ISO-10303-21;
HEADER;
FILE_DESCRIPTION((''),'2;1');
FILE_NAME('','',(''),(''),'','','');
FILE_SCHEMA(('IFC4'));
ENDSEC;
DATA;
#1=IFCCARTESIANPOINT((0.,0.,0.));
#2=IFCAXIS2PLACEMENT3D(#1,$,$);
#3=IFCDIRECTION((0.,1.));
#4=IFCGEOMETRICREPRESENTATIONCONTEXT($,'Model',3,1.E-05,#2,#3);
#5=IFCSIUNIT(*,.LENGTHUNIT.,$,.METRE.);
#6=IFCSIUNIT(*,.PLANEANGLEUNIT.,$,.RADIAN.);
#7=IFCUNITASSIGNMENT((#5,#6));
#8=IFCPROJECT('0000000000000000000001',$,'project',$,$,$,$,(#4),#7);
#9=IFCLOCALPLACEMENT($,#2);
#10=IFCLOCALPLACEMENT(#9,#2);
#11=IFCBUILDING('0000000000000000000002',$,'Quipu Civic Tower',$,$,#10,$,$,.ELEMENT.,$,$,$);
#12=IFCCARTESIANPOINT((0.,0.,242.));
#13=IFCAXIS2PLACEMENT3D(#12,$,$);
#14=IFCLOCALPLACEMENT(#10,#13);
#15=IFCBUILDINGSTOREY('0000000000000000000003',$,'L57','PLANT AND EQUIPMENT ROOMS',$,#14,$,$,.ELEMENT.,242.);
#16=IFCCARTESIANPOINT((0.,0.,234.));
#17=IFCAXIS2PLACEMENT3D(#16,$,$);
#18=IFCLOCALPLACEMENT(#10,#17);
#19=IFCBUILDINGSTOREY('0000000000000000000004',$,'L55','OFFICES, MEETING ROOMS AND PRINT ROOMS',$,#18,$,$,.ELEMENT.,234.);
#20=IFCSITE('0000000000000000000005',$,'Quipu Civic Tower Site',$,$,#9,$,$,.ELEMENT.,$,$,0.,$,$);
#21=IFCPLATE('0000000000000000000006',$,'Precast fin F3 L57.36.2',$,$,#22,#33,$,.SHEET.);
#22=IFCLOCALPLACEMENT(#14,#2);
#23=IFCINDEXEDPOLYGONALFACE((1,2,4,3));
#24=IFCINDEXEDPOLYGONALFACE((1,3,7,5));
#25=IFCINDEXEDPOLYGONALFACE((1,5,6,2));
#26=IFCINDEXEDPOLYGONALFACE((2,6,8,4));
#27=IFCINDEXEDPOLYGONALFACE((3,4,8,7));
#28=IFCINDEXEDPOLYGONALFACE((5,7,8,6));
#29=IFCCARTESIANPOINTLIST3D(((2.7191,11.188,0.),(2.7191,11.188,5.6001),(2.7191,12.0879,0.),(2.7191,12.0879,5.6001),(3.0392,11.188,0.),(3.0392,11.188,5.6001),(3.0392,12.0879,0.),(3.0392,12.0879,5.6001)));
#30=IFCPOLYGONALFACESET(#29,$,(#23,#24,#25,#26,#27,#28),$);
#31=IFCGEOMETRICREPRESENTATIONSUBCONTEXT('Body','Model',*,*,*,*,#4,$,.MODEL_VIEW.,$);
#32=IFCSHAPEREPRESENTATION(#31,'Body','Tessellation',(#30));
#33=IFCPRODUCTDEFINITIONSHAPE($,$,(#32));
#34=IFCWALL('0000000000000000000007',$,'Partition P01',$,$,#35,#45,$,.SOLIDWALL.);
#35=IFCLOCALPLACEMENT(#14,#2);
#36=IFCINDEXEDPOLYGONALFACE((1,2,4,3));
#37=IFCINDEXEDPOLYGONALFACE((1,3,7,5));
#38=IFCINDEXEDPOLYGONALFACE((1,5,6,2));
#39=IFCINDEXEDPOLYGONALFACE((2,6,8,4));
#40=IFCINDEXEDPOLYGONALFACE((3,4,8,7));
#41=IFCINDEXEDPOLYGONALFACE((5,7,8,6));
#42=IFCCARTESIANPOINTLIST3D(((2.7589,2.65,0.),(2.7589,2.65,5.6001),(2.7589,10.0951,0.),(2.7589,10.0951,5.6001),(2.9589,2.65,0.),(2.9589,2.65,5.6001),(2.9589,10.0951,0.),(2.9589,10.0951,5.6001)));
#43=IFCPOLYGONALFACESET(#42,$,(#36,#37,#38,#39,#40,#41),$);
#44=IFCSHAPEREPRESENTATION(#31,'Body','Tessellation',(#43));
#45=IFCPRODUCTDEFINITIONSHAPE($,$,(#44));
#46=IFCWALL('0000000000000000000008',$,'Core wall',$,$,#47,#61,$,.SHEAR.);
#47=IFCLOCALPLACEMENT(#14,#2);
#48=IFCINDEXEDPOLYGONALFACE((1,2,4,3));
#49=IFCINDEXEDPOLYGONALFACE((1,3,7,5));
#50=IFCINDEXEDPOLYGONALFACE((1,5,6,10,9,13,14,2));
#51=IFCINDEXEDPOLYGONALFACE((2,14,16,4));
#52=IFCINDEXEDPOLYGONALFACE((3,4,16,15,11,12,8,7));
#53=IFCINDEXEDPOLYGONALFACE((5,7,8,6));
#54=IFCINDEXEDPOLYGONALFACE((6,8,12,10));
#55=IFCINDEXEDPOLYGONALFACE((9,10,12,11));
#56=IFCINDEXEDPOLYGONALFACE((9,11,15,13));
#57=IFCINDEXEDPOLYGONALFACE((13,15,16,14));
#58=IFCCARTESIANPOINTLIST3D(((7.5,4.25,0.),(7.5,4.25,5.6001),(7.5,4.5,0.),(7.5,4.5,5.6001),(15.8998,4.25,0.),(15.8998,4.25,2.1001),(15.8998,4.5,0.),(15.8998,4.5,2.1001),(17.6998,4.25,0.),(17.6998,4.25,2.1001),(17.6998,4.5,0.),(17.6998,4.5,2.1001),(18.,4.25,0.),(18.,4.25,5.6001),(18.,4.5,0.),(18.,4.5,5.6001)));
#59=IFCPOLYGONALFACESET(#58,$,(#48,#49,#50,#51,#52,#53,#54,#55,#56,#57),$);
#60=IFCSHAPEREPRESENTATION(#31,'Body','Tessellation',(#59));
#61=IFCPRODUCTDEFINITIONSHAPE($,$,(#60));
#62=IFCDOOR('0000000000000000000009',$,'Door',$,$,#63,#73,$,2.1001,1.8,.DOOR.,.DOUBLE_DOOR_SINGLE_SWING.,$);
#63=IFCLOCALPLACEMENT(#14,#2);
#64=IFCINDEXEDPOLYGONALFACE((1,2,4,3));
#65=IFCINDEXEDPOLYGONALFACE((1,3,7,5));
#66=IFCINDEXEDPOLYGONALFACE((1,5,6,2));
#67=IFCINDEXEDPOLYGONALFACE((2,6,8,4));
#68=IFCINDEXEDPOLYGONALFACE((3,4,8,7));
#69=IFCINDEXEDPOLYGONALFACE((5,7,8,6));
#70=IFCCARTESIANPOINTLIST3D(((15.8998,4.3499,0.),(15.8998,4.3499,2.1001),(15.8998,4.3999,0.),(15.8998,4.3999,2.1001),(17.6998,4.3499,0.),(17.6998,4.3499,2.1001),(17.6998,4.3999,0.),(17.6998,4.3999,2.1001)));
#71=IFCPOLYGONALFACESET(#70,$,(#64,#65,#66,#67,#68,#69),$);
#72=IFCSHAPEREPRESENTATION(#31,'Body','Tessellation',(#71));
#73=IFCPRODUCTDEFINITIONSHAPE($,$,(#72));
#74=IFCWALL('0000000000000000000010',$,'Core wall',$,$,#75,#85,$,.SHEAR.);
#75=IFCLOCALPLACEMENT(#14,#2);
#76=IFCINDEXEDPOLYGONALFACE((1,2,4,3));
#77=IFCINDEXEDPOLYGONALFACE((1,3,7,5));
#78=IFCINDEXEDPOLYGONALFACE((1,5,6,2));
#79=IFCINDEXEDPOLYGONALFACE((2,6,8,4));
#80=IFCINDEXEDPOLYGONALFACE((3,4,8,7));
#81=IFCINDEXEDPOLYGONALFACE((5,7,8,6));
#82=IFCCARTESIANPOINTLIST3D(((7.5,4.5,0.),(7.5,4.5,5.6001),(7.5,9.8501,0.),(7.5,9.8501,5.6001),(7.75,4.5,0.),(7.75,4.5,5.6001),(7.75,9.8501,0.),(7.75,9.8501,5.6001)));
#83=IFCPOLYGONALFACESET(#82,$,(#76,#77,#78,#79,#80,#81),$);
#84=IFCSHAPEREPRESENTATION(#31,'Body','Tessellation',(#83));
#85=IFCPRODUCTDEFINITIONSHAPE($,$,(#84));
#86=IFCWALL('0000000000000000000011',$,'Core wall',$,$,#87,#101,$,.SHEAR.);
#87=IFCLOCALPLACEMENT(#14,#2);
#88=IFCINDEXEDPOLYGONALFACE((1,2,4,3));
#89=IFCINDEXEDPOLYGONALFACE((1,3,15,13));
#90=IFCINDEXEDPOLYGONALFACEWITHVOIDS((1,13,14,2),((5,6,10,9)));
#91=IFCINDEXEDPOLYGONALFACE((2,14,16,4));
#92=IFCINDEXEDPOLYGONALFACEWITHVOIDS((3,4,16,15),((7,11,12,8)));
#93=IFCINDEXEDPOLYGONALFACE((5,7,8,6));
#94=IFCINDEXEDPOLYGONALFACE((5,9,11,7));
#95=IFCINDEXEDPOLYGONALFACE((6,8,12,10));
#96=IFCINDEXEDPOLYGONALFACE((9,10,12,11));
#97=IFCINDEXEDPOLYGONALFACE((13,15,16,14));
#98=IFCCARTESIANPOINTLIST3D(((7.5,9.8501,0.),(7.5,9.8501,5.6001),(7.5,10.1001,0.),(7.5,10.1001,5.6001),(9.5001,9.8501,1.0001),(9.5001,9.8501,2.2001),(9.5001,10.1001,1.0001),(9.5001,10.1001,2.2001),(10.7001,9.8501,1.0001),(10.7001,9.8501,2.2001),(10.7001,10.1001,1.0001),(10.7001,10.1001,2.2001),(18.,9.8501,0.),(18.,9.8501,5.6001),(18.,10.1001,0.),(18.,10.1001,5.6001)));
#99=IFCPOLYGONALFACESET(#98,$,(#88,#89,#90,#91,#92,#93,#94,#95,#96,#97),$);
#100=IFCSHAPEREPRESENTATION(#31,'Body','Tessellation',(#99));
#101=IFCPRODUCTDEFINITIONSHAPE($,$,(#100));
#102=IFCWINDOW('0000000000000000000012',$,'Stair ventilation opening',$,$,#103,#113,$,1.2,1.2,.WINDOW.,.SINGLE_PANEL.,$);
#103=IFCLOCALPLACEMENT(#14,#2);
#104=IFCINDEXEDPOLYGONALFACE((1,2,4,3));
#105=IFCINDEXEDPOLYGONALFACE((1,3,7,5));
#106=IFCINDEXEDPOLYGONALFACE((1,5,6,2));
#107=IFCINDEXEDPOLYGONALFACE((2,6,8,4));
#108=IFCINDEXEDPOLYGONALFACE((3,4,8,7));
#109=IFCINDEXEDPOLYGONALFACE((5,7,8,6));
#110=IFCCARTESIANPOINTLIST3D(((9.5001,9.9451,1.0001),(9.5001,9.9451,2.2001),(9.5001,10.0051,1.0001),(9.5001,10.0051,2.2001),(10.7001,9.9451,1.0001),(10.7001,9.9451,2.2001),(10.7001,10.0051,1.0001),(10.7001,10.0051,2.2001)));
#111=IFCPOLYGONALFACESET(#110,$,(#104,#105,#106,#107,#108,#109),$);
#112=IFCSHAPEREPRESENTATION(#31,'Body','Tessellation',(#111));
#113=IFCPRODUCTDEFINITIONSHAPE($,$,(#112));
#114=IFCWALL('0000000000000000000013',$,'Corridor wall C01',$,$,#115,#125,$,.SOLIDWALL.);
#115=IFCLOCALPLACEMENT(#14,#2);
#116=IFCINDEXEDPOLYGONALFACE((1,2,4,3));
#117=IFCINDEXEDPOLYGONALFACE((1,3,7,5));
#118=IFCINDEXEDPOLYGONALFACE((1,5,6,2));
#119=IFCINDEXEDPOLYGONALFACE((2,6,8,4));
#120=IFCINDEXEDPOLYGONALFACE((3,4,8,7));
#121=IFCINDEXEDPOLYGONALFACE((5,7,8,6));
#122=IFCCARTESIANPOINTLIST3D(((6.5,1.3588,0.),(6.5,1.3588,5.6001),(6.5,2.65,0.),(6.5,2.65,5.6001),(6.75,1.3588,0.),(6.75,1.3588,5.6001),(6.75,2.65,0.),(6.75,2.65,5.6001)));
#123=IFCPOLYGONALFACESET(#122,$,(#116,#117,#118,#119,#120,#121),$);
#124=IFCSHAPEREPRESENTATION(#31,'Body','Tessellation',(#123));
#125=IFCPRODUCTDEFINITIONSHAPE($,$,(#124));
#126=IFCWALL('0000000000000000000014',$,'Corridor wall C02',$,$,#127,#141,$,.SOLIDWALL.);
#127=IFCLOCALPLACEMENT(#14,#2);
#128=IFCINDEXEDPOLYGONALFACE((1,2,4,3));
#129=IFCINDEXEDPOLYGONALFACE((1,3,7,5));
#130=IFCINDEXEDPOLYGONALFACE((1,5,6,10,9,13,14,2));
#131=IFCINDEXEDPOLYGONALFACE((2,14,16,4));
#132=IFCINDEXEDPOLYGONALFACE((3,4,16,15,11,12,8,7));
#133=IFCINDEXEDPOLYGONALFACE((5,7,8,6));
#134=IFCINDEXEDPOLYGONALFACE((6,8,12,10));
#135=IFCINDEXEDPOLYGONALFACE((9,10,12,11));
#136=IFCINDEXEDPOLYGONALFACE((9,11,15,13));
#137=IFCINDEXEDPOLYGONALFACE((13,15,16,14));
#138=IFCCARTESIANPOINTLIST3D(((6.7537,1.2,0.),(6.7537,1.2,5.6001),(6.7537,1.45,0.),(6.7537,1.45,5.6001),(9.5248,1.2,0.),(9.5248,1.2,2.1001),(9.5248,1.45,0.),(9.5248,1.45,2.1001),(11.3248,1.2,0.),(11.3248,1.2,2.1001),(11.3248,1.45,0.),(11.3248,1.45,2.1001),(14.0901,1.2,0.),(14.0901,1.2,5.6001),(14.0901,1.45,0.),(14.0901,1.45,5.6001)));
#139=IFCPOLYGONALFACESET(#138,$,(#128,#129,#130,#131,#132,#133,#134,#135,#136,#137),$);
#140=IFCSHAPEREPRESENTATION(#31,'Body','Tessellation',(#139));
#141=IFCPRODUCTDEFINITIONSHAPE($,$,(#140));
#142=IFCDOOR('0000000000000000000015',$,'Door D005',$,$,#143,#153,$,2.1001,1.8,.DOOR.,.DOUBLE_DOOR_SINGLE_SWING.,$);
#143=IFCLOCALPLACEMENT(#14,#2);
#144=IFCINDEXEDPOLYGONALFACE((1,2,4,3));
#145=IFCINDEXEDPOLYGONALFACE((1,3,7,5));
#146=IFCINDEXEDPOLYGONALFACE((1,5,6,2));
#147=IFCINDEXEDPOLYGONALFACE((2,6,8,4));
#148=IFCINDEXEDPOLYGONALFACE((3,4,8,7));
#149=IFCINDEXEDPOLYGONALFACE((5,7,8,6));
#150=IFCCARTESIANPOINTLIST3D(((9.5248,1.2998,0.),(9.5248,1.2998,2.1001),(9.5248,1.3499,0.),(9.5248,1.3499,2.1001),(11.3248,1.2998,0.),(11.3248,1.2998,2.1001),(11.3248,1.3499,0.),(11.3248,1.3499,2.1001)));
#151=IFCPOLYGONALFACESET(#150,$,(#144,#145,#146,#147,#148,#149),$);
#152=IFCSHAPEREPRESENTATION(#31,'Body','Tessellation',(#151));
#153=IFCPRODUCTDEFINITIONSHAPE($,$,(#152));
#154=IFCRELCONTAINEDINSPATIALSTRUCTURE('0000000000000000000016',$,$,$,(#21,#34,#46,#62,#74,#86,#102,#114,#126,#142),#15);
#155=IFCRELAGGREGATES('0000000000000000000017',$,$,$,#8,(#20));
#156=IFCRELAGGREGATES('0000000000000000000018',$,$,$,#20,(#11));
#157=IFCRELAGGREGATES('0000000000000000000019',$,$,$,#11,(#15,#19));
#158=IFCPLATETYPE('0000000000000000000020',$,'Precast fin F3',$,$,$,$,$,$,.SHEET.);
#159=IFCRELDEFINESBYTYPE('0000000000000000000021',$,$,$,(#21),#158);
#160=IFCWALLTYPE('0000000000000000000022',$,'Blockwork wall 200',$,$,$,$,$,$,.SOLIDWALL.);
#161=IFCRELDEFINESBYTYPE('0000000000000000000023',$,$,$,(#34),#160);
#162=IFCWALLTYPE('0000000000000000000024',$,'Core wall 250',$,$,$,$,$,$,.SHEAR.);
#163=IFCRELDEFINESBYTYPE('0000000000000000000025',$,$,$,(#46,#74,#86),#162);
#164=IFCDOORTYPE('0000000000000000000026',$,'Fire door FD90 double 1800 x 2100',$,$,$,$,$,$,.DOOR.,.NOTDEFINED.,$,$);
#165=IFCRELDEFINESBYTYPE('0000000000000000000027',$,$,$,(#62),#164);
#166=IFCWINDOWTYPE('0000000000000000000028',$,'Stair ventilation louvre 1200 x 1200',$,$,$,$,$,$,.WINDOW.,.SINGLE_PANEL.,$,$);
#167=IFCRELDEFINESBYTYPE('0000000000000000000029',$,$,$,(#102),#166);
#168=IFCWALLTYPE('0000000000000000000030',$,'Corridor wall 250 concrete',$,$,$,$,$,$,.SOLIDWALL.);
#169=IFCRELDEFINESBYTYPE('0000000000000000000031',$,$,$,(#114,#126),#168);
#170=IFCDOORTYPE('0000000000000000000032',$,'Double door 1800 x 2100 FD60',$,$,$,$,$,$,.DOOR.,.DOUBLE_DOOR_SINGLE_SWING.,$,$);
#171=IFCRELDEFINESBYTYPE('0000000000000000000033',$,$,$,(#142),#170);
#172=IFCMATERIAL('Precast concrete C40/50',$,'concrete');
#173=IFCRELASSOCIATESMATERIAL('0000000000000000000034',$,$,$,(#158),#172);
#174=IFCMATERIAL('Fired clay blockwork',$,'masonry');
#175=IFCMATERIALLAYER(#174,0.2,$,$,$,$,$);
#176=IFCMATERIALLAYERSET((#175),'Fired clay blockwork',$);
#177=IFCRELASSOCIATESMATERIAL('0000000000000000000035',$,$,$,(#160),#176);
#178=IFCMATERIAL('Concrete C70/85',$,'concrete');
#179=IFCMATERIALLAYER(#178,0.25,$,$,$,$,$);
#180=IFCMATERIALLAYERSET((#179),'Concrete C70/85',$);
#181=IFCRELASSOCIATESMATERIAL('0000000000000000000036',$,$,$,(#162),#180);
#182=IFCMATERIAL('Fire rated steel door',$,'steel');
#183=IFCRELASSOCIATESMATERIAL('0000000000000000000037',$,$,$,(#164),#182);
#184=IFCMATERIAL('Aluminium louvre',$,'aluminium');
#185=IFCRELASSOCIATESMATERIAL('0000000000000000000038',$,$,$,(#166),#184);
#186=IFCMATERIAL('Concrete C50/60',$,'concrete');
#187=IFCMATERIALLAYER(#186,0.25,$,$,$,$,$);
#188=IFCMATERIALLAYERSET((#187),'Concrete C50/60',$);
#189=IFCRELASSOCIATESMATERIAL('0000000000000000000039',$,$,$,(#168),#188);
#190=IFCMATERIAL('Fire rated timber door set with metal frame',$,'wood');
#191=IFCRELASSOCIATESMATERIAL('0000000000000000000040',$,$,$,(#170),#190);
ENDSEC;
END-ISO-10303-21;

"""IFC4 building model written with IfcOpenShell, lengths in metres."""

from ifc_helpers import new_model, si_unit, direction, frame, frame_2d, origin, origin_2d, place, context, subcontext, project, spatial, rectangle, extrude, material, layer, layer_set, type_object, element, fill, save


model = new_model("IFC4")

# Units and contexts
model_context = context("Model", 3, precision=1e-05, world=origin(), true_north=direction((0.0, 1.0)))
body_context = subcontext(model_context, "Body", "Model", "MODEL_VIEW")
ifc_project = project(units=[si_unit("LENGTHUNIT", "METRE"), si_unit("PLANEANGLEUNIT", "RADIAN")], contexts=[model_context])

# Site, building, storey
site_placement = place(None, origin())
site = spatial("IfcSite", under=ifc_project, at=site_placement, Name="Quipu Civic Tower Site", CompositionType="ELEMENT", RefElevation=0.0)
building_placement = place(site_placement, origin())
building = spatial("IfcBuilding", under=site, at=building_placement, Name="Quipu Civic Tower", CompositionType="ELEMENT")
storey_1_placement = place(building_placement, frame((0.0, 0.0, 242.0)))
storey_1 = spatial("IfcBuildingStorey", under=building, at=storey_1_placement, Name="L57", Description="PLANT AND EQUIPMENT ROOMS", CompositionType="ELEMENT", Elevation=242.0)

# Shared definitions
storey_2_placement = place(building_placement, frame((0.0, 0.0, 234.0)))
storey_2 = spatial("IfcBuildingStorey", under=building, at=storey_2_placement, Name="L55", Description="OFFICES, MEETING ROOMS AND PRINT ROOMS", CompositionType="ELEMENT", Elevation=234.0)

# Plate
ifc_material_1 = material(Name="Precast concrete C40/50", Category="concrete")
plate_type = type_object("IfcPlateType", Name="Precast fin F3", PredefinedType="SHEET", material=ifc_material_1)
for number, where, z_axis, x_axis, name in (
    (1, (2.8792, 11.6379, 0.0), (0.0, 0.0, 1.0), (-1.0, 0.0, 0.0), "Precast fin F3 L57.36.2"),
):
    element("IfcPlate", number, at=place(storey_1_placement, frame(where, z_axis=z_axis, x_axis=x_axis)), inside=storey_1, type_object=plate_type, Name=name, PredefinedType="SHEET", context=body_context, shape_type="SweptSolid", body=[
        extrude(rectangle(XDim=0.3201, YDim=0.8999, at=origin_2d()), origin(), (0.0, 0.0, 1.0), 5.6001),
    ])

# Wall
ifc_material_2 = material(Name="Fired clay blockwork", Category="masonry")
ifc_layer_1 = layer(ifc_material_2, 0.2)
ifc_layer_set_1 = layer_set([ifc_layer_1], Name="Fired clay blockwork")
wall_type_1 = type_object("IfcWallType", Name="Blockwork wall 200", PredefinedType="SOLIDWALL", material=ifc_layer_set_1)
wall_1_placement = place(storey_1_placement, frame((2.8589, 2.6499, 0.0), z_axis=(0.0, 0.0, 1.0), x_axis=(0.0, 1.0, 0.0)))
element("IfcWall", 2, at=wall_1_placement, inside=storey_1, type_object=wall_type_1, Name="Partition P01", PredefinedType="SOLIDWALL", context=body_context, shape_type="SweptSolid", body=[
    extrude(rectangle(XDim=7.4451, YDim=0.2, at=frame_2d((3.7227, 0.0))), origin(), (0.0, 0.0, 1.0), 5.6001),
])

# Wall, opening, door
ifc_material_3 = material(Name="Concrete C70/85", Category="concrete")
ifc_layer_2 = layer(ifc_material_3, 0.25)
ifc_layer_set_2 = layer_set([ifc_layer_2], Name="Concrete C70/85")
wall_type_2 = type_object("IfcWallType", Name="Core wall 250", PredefinedType="SHEAR", material=ifc_layer_set_2)
wall_2_placement = place(storey_1_placement, frame((7.5, 4.375, 0.0), z_axis=(0.0, 0.0, 1.0), x_axis=(1.0, 0.0, 0.0)))
wall_2 = element("IfcWall", 3, at=wall_2_placement, inside=storey_1, type_object=wall_type_2, Name="Core wall", PredefinedType="SHEAR", context=body_context, shape_type="SweptSolid", body=[
    extrude(rectangle(XDim=10.5, YDim=0.25, at=frame_2d((5.25, 0.0))), origin(), (0.0, 0.0, 1.0), 5.6001),
])
opening_1_placement = place(wall_2_placement, frame((8.3999, 0.0, 0.0)))
opening_1 = element("IfcOpeningElement", 4, at=opening_1_placement, cuts=wall_2, PredefinedType="OPENING", context=body_context, shape_type="SweptSolid", body=[
    extrude(rectangle(XDim=1.8, YDim=2.1001, at=frame_2d((0.8999, 1.05))), frame((0.0, 0.135, 0.0), z_axis=(0.0, -1.0, 0.0), x_axis=(1.0, 0.0, 0.0)), (0.0, 0.0, 1.0), 0.27),
])
ifc_material_4 = material(Name="Fire rated steel door", Category="steel")
door_type_1 = type_object("IfcDoorType", Name="Fire door FD90 double 1800 x 2100", OperationType="NOTDEFINED", PredefinedType="DOOR", material=ifc_material_4)
door_1_placement = place(opening_1_placement, origin())
door_1 = element("IfcDoor", 5, at=door_1_placement, inside=storey_1, type_object=door_type_1, Name="Door", OperationType="DOUBLE_DOOR_SINGLE_SWING", OverallHeight=2.1001, OverallWidth=1.8, PredefinedType="DOOR", context=body_context, shape_type="SweptSolid", body=[
    extrude(rectangle(XDim=1.8, YDim=2.1001, at=frame_2d((0.8999, 1.05))), frame((0.0, 0.0249, 0.0), z_axis=(0.0, -1.0, 0.0), x_axis=(1.0, 0.0, 0.0)), (0.0, 0.0, 1.0), 0.05),
])
fill(opening_1, door_1)

# Wall
wall_3_placement = place(storey_1_placement, frame((7.625, 4.5, 0.0), z_axis=(0.0, 0.0, 1.0), x_axis=(0.0, 1.0, 0.0)))
element("IfcWall", 6, at=wall_3_placement, inside=storey_1, type_object=wall_type_2, Name="Core wall", PredefinedType="SHEAR", context=body_context, shape_type="SweptSolid", body=[
    extrude(rectangle(XDim=5.3501, YDim=0.25, at=frame_2d((2.675, 0.0))), origin(), (0.0, 0.0, 1.0), 5.6001),
])

# Wall, opening, window
wall_4_placement = place(storey_1_placement, frame((7.5, 9.9751, 0.0), z_axis=(0.0, 0.0, 1.0), x_axis=(1.0, 0.0, 0.0)))
wall_4 = element("IfcWall", 7, at=wall_4_placement, inside=storey_1, type_object=wall_type_2, Name="Core wall", PredefinedType="SHEAR", context=body_context, shape_type="SweptSolid", body=[
    extrude(rectangle(XDim=10.5, YDim=0.25, at=frame_2d((5.25, 0.0))), origin(), (0.0, 0.0, 1.0), 5.6001),
])
opening_2_placement = place(wall_4_placement, frame((2.0, 0.0, 1.0)))
opening_2 = element("IfcOpeningElement", 8, at=opening_2_placement, cuts=wall_4, PredefinedType="OPENING", context=body_context, shape_type="SweptSolid", body=[
    extrude(rectangle(XDim=1.2, YDim=1.2, at=frame_2d((0.6001, 0.6001))), frame((0.0, 0.135, 0.0), z_axis=(0.0, -1.0, 0.0), x_axis=(1.0, 0.0, 0.0)), (0.0, 0.0, 1.0), 0.27),
])
ifc_material_5 = material(Name="Aluminium louvre", Category="aluminium")
window_type = type_object("IfcWindowType", Name="Stair ventilation louvre 1200 x 1200", PartitioningType="SINGLE_PANEL", PredefinedType="WINDOW", material=ifc_material_5)
window_placement = place(opening_2_placement, origin())
window = element("IfcWindow", 9, at=window_placement, inside=storey_1, type_object=window_type, Name="Stair ventilation opening", OverallHeight=1.2, OverallWidth=1.2, PartitioningType="SINGLE_PANEL", PredefinedType="WINDOW", context=body_context, shape_type="SweptSolid", body=[
    extrude(rectangle(XDim=1.2, YDim=1.2, at=frame_2d((0.6001, 0.6001))), frame((0.0, 0.03, 0.0), z_axis=(0.0, -1.0, 0.0), x_axis=(1.0, 0.0, 0.0)), (0.0, 0.0, 1.0), 0.0601),
])
fill(opening_2, window)

# Wall
ifc_material_6 = material(Name="Concrete C50/60", Category="concrete")
ifc_layer_3 = layer(ifc_material_6, 0.25)
ifc_layer_set_3 = layer_set([ifc_layer_3], Name="Concrete C50/60")
wall_type_3 = type_object("IfcWallType", Name="Corridor wall 250 concrete", PredefinedType="SOLIDWALL", material=ifc_layer_set_3)
wall_5_placement = place(storey_1_placement, frame((6.625, 2.6499, 0.0), z_axis=(0.0, 0.0, 1.0), x_axis=(0.0, -1.0, 0.0)))
element("IfcWall", 10, at=wall_5_placement, inside=storey_1, type_object=wall_type_3, Name="Corridor wall C01", PredefinedType="SOLIDWALL", context=body_context, shape_type="SweptSolid", body=[
    extrude(rectangle(XDim=1.2913, YDim=0.25, at=frame_2d((0.6455, 0.0))), origin(), (0.0, 0.0, 1.0), 5.6001),
])

# Wall, opening, door
wall_6_placement = place(storey_1_placement, frame((6.7537, 1.325, 0.0), z_axis=(0.0, 0.0, 1.0), x_axis=(1.0, 0.0, 0.0)))
wall_6 = element("IfcWall", 11, at=wall_6_placement, inside=storey_1, type_object=wall_type_3, Name="Corridor wall C02", PredefinedType="SOLIDWALL", context=body_context, shape_type="SweptSolid", body=[
    extrude(rectangle(XDim=7.3364, YDim=0.25, at=frame_2d((3.6682, 0.0))), origin(), (0.0, 0.0, 1.0), 5.6001),
])
opening_3_placement = place(wall_6_placement, frame((2.7712, 0.0, 0.0)))
opening_3 = element("IfcOpeningElement", 12, at=opening_3_placement, cuts=wall_6, PredefinedType="OPENING", context=body_context, shape_type="SweptSolid", body=[
    extrude(rectangle(XDim=1.8, YDim=2.1001, at=frame_2d((0.8999, 1.05))), frame((0.0, 0.135, 0.0), z_axis=(0.0, -1.0, 0.0), x_axis=(1.0, 0.0, 0.0)), (0.0, 0.0, 1.0), 0.27),
])
ifc_material_7 = material(Name="Fire rated timber door set with metal frame", Category="wood")
door_type_2 = type_object("IfcDoorType", Name="Double door 1800 x 2100 FD60", OperationType="DOUBLE_DOOR_SINGLE_SWING", PredefinedType="DOOR", material=ifc_material_7)
door_2_placement = place(opening_3_placement, origin())
door_2 = element("IfcDoor", 13, at=door_2_placement, inside=storey_1, type_object=door_type_2, Name="Door D005", OperationType="DOUBLE_DOOR_SINGLE_SWING", OverallHeight=2.1001, OverallWidth=1.8, PredefinedType="DOOR", context=body_context, shape_type="SweptSolid", body=[
    extrude(rectangle(XDim=1.8, YDim=2.1001, at=frame_2d((0.8999, 1.05))), frame((0.0, 0.0249, 0.0), z_axis=(0.0, -1.0, 0.0), x_axis=(1.0, 0.0, 0.0)), (0.0, 0.0, 1.0), 0.05),
])
fill(opening_3, door_2)

save(model, "model.ifc")
